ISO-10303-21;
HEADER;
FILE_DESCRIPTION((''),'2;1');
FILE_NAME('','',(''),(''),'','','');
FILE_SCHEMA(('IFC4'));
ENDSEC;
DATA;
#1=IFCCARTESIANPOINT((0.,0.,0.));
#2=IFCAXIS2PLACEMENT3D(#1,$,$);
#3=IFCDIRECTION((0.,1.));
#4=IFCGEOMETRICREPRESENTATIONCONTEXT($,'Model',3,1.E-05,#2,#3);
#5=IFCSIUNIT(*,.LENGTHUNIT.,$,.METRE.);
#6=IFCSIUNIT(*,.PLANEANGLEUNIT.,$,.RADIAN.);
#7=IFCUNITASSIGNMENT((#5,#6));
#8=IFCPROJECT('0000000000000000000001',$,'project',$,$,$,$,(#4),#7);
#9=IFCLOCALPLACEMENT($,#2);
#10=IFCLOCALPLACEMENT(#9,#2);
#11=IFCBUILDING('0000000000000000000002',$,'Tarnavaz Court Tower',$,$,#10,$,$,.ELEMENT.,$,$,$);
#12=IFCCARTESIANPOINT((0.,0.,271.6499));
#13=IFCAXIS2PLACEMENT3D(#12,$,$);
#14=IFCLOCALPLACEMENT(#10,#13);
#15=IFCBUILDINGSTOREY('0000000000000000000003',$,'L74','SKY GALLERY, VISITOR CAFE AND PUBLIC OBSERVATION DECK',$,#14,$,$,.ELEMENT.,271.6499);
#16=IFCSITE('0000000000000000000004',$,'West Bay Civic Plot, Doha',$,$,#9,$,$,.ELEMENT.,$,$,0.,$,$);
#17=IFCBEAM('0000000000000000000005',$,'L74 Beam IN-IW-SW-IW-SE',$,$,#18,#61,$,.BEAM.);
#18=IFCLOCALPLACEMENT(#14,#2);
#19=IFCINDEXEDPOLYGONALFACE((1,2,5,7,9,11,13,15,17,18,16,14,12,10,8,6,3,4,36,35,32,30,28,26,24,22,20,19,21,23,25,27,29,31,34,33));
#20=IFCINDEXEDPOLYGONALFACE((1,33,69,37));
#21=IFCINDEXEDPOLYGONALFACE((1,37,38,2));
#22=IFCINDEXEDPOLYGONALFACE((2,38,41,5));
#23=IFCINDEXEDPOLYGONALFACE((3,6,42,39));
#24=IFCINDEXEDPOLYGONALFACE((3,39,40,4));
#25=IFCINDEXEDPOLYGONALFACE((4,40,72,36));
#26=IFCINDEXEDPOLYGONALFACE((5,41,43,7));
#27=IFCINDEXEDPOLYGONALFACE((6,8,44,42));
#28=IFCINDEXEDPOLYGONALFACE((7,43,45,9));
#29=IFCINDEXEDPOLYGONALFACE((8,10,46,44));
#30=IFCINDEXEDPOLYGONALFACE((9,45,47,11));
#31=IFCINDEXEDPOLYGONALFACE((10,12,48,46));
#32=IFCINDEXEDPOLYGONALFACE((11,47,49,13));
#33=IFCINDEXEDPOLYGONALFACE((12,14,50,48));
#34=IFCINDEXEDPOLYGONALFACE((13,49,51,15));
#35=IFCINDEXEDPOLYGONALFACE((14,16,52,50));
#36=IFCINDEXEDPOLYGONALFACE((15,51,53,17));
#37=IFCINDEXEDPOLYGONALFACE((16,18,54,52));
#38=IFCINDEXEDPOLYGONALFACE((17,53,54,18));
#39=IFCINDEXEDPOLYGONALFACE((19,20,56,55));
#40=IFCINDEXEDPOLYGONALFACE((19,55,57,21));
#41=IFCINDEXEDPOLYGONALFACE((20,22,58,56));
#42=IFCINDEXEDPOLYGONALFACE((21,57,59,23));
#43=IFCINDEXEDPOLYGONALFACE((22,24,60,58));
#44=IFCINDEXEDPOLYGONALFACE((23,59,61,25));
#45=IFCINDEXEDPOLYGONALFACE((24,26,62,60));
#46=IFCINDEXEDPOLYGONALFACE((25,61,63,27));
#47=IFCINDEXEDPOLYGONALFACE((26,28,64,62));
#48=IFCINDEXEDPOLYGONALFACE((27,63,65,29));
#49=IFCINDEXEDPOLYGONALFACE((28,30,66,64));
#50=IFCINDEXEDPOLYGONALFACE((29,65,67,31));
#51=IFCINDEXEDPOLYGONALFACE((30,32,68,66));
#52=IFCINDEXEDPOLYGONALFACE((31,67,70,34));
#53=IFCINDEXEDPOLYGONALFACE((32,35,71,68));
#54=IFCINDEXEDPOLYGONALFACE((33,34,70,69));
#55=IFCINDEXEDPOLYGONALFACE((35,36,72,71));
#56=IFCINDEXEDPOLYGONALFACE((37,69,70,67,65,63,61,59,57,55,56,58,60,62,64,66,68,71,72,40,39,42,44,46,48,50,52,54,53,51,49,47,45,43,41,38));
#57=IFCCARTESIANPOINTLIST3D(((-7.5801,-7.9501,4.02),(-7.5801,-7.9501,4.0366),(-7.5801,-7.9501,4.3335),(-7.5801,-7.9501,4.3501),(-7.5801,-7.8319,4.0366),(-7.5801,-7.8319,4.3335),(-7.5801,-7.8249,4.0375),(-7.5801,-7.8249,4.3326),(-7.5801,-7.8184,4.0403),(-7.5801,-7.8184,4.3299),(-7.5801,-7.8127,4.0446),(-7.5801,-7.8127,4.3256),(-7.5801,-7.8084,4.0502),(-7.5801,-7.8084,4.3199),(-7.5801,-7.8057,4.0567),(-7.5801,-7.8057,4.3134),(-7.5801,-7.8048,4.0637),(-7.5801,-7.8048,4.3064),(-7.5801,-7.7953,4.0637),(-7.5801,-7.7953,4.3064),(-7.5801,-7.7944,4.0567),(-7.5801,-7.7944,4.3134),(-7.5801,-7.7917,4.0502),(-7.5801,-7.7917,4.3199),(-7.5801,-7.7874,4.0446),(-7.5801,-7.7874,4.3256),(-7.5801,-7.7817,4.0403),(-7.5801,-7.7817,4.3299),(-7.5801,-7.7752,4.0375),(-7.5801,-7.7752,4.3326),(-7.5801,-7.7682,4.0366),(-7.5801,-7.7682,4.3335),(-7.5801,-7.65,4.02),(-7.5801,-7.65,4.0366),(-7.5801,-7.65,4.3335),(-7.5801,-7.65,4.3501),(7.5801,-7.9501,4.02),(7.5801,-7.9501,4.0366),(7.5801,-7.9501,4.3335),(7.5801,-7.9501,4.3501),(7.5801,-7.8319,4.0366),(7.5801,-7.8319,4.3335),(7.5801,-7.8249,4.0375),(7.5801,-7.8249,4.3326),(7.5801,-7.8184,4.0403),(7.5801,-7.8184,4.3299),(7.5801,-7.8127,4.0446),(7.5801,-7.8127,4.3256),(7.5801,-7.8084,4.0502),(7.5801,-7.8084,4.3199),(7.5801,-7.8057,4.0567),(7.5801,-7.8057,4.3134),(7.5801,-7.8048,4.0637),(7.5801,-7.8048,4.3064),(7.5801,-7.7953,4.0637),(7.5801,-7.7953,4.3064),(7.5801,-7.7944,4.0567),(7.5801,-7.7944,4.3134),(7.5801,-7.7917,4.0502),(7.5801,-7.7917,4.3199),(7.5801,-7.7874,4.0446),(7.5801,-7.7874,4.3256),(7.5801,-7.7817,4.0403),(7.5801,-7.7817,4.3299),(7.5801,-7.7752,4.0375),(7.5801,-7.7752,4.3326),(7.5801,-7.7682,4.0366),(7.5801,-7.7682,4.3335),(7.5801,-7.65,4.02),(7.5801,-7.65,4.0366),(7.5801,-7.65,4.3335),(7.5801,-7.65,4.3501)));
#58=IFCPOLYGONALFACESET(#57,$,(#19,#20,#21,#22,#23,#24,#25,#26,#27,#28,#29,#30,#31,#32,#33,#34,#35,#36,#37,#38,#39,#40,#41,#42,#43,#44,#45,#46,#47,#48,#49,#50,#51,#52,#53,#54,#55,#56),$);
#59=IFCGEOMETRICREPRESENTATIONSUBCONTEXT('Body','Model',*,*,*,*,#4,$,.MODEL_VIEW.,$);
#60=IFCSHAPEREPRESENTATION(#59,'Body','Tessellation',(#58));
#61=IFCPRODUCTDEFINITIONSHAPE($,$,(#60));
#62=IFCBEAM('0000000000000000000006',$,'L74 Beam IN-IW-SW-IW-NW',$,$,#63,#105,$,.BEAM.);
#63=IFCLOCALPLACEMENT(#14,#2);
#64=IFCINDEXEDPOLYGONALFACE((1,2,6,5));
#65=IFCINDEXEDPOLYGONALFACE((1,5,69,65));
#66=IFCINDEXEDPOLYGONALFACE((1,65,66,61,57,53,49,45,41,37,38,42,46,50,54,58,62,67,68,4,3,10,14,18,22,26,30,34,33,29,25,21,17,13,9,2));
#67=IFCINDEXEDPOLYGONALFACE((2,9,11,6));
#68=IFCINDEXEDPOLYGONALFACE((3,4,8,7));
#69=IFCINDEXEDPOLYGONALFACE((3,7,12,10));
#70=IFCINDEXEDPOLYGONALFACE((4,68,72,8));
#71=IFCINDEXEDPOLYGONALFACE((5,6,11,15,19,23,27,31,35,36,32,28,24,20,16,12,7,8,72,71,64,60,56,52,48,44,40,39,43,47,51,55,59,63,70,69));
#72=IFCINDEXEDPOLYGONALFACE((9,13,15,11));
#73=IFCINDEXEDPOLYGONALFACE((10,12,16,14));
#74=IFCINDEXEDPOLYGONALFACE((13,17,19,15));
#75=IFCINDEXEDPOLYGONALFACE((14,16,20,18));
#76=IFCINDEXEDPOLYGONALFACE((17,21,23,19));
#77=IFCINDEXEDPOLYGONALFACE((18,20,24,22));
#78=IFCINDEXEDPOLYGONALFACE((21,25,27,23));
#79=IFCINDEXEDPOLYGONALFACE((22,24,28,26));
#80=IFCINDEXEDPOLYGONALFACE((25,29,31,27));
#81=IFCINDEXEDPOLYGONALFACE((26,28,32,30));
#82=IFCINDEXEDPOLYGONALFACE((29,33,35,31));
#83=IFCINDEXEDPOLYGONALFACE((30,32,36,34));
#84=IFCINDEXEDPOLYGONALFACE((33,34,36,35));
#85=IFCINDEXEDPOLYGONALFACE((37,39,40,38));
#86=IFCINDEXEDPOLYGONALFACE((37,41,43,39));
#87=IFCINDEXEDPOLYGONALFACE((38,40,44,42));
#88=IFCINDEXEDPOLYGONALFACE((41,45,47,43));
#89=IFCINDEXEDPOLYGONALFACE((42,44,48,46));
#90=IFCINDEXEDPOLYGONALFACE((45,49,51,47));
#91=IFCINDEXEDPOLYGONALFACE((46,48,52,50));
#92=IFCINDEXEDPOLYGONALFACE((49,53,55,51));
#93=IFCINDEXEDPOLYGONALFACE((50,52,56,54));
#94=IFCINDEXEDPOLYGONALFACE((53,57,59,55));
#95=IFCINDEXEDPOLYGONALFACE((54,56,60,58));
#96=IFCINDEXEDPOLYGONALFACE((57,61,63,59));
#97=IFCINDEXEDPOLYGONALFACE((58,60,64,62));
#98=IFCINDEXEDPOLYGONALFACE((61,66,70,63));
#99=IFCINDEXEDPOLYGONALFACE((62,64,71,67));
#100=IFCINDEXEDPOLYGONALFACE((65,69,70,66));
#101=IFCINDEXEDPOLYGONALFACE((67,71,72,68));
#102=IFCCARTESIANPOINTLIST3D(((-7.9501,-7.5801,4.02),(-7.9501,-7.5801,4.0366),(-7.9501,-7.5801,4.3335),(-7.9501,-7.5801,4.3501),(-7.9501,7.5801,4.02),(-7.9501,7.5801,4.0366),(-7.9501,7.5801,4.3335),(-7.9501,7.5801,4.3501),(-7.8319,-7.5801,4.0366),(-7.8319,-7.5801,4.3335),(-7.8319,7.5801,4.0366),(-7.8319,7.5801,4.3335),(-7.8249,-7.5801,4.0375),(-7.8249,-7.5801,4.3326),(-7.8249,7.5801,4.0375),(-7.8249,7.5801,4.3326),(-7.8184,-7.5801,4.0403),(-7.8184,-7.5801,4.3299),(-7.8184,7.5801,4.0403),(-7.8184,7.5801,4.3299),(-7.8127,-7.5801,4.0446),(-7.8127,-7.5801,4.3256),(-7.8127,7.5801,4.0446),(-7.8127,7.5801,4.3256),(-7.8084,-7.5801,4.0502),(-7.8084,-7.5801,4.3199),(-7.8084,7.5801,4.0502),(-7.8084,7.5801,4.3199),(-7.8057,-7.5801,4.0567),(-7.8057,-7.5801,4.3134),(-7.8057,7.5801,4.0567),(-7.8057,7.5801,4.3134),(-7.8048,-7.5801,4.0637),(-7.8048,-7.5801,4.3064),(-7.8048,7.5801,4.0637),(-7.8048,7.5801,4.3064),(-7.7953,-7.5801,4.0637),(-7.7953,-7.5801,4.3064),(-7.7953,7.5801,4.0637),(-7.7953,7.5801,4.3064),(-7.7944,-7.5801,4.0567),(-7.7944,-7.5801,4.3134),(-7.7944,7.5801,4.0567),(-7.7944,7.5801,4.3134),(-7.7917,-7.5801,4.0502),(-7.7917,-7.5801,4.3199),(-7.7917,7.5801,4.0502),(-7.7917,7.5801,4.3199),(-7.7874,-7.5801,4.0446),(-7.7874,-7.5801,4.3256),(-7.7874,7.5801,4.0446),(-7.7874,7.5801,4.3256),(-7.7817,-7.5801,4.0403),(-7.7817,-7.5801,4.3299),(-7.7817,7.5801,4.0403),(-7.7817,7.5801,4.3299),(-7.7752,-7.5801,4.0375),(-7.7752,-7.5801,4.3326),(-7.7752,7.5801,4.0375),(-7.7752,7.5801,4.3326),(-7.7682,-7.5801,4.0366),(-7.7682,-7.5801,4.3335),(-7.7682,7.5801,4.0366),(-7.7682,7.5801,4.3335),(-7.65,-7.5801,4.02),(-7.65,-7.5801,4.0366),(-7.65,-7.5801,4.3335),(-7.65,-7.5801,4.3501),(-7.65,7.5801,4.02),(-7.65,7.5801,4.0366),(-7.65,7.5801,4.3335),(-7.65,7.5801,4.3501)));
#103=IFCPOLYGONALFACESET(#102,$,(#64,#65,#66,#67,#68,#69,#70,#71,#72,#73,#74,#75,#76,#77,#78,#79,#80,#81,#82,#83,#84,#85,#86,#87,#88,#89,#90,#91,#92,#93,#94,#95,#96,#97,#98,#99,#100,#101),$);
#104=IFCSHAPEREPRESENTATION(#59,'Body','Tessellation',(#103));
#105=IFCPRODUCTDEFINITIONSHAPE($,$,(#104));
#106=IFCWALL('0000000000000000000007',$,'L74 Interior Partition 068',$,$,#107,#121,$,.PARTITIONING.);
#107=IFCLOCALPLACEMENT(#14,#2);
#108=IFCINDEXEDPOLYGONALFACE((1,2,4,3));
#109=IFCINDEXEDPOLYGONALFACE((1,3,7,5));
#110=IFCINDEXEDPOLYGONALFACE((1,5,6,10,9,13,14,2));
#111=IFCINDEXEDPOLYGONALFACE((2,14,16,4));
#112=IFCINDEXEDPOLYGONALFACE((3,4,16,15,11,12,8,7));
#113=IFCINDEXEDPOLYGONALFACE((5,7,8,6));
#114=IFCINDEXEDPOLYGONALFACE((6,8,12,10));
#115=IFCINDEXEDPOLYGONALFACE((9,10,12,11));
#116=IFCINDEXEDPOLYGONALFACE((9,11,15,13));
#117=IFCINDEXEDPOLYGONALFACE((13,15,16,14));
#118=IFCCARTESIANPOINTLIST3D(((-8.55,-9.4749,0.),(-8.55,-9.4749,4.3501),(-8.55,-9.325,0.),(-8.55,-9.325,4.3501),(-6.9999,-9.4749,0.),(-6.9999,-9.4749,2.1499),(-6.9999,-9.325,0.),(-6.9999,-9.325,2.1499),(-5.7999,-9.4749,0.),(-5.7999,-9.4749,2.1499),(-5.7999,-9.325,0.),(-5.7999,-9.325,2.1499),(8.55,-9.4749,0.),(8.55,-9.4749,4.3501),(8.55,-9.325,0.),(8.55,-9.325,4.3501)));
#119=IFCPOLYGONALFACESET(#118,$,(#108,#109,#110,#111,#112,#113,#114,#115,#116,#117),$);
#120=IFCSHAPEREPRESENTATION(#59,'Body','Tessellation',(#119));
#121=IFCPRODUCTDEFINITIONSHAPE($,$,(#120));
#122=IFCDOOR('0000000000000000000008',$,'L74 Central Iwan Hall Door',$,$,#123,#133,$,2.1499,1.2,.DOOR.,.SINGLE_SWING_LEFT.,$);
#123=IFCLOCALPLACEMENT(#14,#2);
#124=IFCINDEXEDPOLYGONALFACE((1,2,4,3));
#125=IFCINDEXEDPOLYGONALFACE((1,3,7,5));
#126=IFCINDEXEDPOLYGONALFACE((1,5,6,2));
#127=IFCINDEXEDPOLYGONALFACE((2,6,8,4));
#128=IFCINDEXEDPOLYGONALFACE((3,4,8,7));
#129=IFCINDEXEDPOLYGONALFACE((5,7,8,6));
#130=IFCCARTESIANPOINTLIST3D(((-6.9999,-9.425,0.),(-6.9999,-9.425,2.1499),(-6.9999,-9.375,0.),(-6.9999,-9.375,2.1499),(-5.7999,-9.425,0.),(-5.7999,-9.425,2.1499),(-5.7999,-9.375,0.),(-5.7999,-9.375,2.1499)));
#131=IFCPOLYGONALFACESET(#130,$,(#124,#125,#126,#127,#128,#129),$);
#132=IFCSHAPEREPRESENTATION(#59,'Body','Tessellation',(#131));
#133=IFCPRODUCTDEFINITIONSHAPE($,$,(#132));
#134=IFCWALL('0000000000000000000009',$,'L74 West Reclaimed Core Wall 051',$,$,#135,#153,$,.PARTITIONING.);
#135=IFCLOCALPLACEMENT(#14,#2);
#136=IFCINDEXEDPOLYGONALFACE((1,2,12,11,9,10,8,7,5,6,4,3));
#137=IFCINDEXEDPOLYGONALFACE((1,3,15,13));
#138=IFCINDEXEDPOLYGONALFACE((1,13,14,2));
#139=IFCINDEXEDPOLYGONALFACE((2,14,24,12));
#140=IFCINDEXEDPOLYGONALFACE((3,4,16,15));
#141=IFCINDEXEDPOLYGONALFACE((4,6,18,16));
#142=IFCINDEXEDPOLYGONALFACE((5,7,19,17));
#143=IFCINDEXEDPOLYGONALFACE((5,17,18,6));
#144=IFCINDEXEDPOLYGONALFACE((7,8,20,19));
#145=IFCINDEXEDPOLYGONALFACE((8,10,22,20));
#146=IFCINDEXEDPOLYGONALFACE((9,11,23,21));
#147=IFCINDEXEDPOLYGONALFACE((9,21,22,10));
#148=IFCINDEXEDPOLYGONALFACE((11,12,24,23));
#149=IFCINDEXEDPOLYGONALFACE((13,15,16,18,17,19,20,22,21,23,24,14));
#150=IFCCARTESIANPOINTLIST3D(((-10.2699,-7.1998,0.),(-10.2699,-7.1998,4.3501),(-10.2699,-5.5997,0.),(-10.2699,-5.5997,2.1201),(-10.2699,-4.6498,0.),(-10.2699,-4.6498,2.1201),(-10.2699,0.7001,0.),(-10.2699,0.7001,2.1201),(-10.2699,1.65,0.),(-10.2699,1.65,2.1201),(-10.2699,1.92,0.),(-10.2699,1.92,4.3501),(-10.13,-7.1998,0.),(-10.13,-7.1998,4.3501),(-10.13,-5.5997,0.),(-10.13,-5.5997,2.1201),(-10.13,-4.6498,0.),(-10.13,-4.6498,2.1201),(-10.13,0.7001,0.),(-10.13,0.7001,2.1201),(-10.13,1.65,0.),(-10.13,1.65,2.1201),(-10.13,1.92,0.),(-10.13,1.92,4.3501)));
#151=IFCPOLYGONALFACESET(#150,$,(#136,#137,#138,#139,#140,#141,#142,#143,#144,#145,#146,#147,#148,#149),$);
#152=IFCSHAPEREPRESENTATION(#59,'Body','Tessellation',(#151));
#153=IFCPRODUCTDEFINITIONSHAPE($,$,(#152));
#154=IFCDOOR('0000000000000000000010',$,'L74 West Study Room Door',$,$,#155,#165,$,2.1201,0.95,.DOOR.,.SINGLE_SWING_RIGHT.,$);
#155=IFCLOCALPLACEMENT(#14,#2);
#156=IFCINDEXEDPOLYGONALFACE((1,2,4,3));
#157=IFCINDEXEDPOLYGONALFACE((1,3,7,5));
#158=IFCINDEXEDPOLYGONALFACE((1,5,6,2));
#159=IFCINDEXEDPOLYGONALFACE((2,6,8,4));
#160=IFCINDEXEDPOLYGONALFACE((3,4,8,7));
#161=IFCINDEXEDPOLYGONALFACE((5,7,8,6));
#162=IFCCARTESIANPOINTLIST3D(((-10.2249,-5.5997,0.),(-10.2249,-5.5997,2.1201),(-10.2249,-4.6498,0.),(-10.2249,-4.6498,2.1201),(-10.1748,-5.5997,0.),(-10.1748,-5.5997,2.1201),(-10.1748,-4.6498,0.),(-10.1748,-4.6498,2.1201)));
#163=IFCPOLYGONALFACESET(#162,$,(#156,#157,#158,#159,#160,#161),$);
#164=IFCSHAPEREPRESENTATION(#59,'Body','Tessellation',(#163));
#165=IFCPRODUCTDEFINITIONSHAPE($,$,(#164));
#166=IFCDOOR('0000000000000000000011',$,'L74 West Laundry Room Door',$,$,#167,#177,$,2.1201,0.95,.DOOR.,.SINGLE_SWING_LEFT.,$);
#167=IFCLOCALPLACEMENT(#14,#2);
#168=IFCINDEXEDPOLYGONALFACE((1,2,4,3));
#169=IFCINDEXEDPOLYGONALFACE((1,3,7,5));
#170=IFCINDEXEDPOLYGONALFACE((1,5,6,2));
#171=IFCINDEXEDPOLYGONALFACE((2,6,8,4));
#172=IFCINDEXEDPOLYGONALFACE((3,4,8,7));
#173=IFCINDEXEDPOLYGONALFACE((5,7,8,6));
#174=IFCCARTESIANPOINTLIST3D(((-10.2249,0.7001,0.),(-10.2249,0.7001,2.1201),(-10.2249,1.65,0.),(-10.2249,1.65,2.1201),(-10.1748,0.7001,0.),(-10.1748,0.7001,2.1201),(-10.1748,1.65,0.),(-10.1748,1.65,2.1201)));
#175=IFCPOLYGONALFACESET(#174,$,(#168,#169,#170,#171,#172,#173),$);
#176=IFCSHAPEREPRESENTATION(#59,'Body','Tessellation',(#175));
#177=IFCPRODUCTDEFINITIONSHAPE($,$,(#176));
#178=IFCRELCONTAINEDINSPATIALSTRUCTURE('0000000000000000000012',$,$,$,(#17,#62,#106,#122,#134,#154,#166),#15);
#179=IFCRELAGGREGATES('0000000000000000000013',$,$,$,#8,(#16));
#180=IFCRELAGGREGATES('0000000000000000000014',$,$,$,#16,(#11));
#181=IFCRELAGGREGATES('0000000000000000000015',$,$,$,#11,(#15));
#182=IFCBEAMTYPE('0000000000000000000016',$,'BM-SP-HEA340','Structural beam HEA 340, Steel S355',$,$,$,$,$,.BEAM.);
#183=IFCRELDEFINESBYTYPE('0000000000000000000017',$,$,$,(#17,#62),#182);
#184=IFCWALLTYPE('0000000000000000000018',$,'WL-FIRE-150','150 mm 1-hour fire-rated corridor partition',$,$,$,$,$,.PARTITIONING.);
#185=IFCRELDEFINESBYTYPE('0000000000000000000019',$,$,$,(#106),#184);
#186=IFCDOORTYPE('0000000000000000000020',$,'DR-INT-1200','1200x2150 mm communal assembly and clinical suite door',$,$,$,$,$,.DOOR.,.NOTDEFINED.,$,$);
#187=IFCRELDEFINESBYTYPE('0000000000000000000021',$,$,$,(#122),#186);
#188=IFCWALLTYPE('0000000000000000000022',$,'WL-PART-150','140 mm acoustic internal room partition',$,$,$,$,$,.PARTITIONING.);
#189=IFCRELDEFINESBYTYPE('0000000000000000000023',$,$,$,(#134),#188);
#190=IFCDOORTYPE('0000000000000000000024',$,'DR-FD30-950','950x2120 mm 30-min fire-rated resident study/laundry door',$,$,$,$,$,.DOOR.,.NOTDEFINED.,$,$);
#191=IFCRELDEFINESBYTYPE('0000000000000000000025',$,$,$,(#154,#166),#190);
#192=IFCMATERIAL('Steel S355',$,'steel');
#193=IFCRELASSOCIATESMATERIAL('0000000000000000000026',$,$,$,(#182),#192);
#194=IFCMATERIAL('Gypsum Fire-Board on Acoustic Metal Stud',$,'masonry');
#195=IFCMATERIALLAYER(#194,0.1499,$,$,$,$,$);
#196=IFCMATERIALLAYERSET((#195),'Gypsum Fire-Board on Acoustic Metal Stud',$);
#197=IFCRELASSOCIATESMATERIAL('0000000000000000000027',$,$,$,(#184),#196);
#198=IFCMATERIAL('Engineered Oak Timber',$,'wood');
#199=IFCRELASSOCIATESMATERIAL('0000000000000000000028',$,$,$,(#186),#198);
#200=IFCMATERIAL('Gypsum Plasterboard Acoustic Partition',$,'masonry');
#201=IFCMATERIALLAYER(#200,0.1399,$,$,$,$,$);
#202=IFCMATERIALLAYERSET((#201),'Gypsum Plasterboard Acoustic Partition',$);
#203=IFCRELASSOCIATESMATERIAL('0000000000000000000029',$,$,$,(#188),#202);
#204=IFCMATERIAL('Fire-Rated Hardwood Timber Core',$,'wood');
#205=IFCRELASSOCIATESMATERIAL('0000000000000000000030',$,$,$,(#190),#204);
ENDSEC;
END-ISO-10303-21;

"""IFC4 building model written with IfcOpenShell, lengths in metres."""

from ifc_helpers import new_model, si_unit, direction, frame, frame_2d, origin, origin_2d, place, context, subcontext, project, spatial, rectangle, i_section, extrude, material, layer, layer_set, material_profile, profile_set, type_object, element, fill, save


model = new_model("IFC4")

# Units and contexts
model_context = context("Model", 3, precision=1e-05, world=origin(), true_north=direction((0.0, 1.0)))
body_context = subcontext(model_context, "Body", "Model", "MODEL_VIEW")
ifc_project = project(units=[si_unit("LENGTHUNIT", "METRE"), si_unit("PLANEANGLEUNIT", "RADIAN")], contexts=[model_context])

# Site, building, storey
site_placement = place(None, origin())
site = spatial("IfcSite", under=ifc_project, at=site_placement, Name="West Bay Civic Plot, Doha", CompositionType="ELEMENT", RefElevation=0.0)
building_placement = place(site_placement, origin())
building = spatial("IfcBuilding", under=site, at=building_placement, Name="Tarnavaz Court Tower", CompositionType="ELEMENT")
storey_placement = place(building_placement, frame((0.0, 0.0, 271.6499)))
storey = spatial("IfcBuildingStorey", under=building, at=storey_placement, Name="L74", Description="SKY GALLERY, VISITOR CAFE AND PUBLIC OBSERVATION DECK", CompositionType="ELEMENT", Elevation=271.6499)

# Beams
ifc_material_1 = material(Name="Steel S355", Category="steel")
ifc_material_profile_1 = material_profile(ifc_material_1, i_section(OverallWidth=0.3, OverallDepth=0.3301, WebThickness=0.0095, FlangeThickness=0.0166, FilletRadius=0.0271, at=origin_2d()), Name="HEA 340")
ifc_profile_set_1 = profile_set([ifc_material_profile_1], Name="Steel S355")
beam_type_1 = type_object("IfcBeamType", Name="BM-SP-HEA340", Description="Structural beam HEA 340, Steel S355", PredefinedType="BEAM", material=ifc_profile_set_1)
for number, where, z_axis, x_axis, name in (
    (1, (-7.5801, -7.8, 4.1851), (1.0, 0.0, 0.0), (0.0, 1.0, 0.0), "L74 Beam IN-IW-SW-IW-SE"),
    (2, (-7.8, -7.5801, 4.1851), (0.0, 1.0, 0.0), (-1.0, 0.0, 0.0), "L74 Beam IN-IW-SW-IW-NW"),
):
    element("IfcBeam", number, at=place(storey_placement, frame(where, z_axis=z_axis, x_axis=x_axis)), inside=storey, type_object=beam_type_1, Name=name, PredefinedType="BEAM", context=body_context, shape_type="SweptSolid", body=[
        extrude(i_section(OverallWidth=0.3, OverallDepth=0.3301, WebThickness=0.0095, FlangeThickness=0.0166, FilletRadius=0.0271, at=origin_2d()), origin(), (0.0, 0.0, 1.0), 15.1602),
    ])

# Wall, opening, door
ifc_material_2 = material(Name="Gypsum Fire-Board on Acoustic Metal Stud", Category="masonry")
ifc_layer_1 = layer(ifc_material_2, 0.1499)
ifc_layer_set_1 = layer_set([ifc_layer_1], Name="Gypsum Fire-Board on Acoustic Metal Stud")
wall_type_1 = type_object("IfcWallType", Name="WL-FIRE-150", Description="150 mm 1-hour fire-rated corridor partition", PredefinedType="PARTITIONING", material=ifc_layer_set_1)
wall_1_placement = place(storey_placement, frame((-8.55, -9.3999, 0.0), z_axis=(0.0, 0.0, 1.0), x_axis=(1.0, 0.0, 0.0)))
wall_1 = element("IfcWall", 3, at=wall_1_placement, inside=storey, type_object=wall_type_1, Name="L74 Interior Partition 068", PredefinedType="PARTITIONING", context=body_context, shape_type="SweptSolid", body=[
    extrude(rectangle(XDim=17.1001, YDim=0.1499, at=frame_2d((8.55, 0.0))), origin(), (0.0, 0.0, 1.0), 4.3501),
])
opening_1_placement = place(wall_1_placement, frame((1.55, 0.0, 0.0)))
opening_1 = element("IfcOpeningElement", 4, at=opening_1_placement, cuts=wall_1, PredefinedType="OPENING", context=body_context, shape_type="SweptSolid", body=[
    extrude(rectangle(XDim=1.2, YDim=2.1499, at=frame_2d((0.6001, 1.075))), frame((0.0, 0.085, 0.0), z_axis=(0.0, -1.0, 0.0), x_axis=(1.0, 0.0, 0.0)), (0.0, 0.0, 1.0), 0.1699),
])
ifc_material_3 = material(Name="Engineered Oak Timber", Category="wood")
door_type_1 = type_object("IfcDoorType", Name="DR-INT-1200", Description="1200x2150 mm communal assembly and clinical suite door", OperationType="NOTDEFINED", PredefinedType="DOOR", material=ifc_material_3)
door_1_placement = place(opening_1_placement, origin())
door_1 = element("IfcDoor", 5, at=door_1_placement, inside=storey, type_object=door_type_1, Name="L74 Central Iwan Hall Door", OperationType="SINGLE_SWING_LEFT", OverallHeight=2.1499, OverallWidth=1.2, PredefinedType="DOOR", context=body_context, shape_type="SweptSolid", body=[
    extrude(rectangle(XDim=1.2, YDim=2.1499, at=frame_2d((0.6001, 1.075))), frame((0.0, 0.0249, 0.0), z_axis=(0.0, -1.0, 0.0), x_axis=(1.0, 0.0, 0.0)), (0.0, 0.0, 1.0), 0.05),
])
fill(opening_1, door_1)

# Wall, openings, doors
ifc_material_4 = material(Name="Gypsum Plasterboard Acoustic Partition", Category="masonry")
ifc_layer_2 = layer(ifc_material_4, 0.1399)
ifc_layer_set_2 = layer_set([ifc_layer_2], Name="Gypsum Plasterboard Acoustic Partition")
wall_type_2 = type_object("IfcWallType", Name="WL-PART-150", Description="140 mm acoustic internal room partition", PredefinedType="PARTITIONING", material=ifc_layer_set_2)
wall_2_placement = place(storey_placement, frame((-10.2, -7.2, 0.0), z_axis=(0.0, 0.0, 1.0), x_axis=(0.0, 1.0, 0.0)))
wall_2 = element("IfcWall", 6, at=wall_2_placement, inside=storey, type_object=wall_type_2, Name="L74 West Reclaimed Core Wall 051", PredefinedType="PARTITIONING", context=body_context, shape_type="SweptSolid", body=[
    extrude(rectangle(XDim=9.1199, YDim=0.1399, at=frame_2d((4.5601, 0.0))), origin(), (0.0, 0.0, 1.0), 4.3501),
])
opening_2_placement = place(wall_2_placement, frame((1.6001, 0.0, 0.0)))
opening_2 = element("IfcOpeningElement", 7, at=opening_2_placement, cuts=wall_2, PredefinedType="OPENING", context=body_context, shape_type="SweptSolid", body=[
    extrude(rectangle(XDim=0.95, YDim=2.1201, at=frame_2d((0.4751, 1.0601))), frame((0.0, 0.0798, 0.0), z_axis=(0.0, -1.0, 0.0), x_axis=(1.0, 0.0, 0.0)), (0.0, 0.0, 1.0), 0.1599),
])
opening_3_placement = place(wall_2_placement, frame((7.8999, 0.0, 0.0)))
opening_3 = element("IfcOpeningElement", 8, at=opening_3_placement, cuts=wall_2, PredefinedType="OPENING", context=body_context, shape_type="SweptSolid", body=[
    extrude(rectangle(XDim=0.95, YDim=2.1201, at=frame_2d((0.4751, 1.0601))), frame((0.0, 0.0798, 0.0), z_axis=(0.0, -1.0, 0.0), x_axis=(1.0, 0.0, 0.0)), (0.0, 0.0, 1.0), 0.1599),
])
ifc_material_5 = material(Name="Fire-Rated Hardwood Timber Core", Category="wood")
door_type_2 = type_object("IfcDoorType", Name="DR-FD30-950", Description="950x2120 mm 30-min fire-rated resident study/laundry door", OperationType="NOTDEFINED", PredefinedType="DOOR", material=ifc_material_5)
door_2_placement = place(opening_2_placement, origin())
door_2 = element("IfcDoor", 9, at=door_2_placement, inside=storey, type_object=door_type_2, Name="L74 West Study Room Door", OperationType="SINGLE_SWING_RIGHT", OverallHeight=2.1201, OverallWidth=0.95, PredefinedType="DOOR", context=body_context, shape_type="SweptSolid", body=[
    extrude(rectangle(XDim=0.95, YDim=2.1201, at=frame_2d((0.4751, 1.0601))), frame((0.0, 0.0249, 0.0), z_axis=(0.0, -1.0, 0.0), x_axis=(1.0, 0.0, 0.0)), (0.0, 0.0, 1.0), 0.05),
])
fill(opening_2, door_2)
door_3_placement = place(opening_3_placement, origin())
door_3 = element("IfcDoor", 10, at=door_3_placement, inside=storey, type_object=door_type_2, Name="L74 West Laundry Room Door", OperationType="SINGLE_SWING_LEFT", OverallHeight=2.1201, OverallWidth=0.95, PredefinedType="DOOR", context=body_context, shape_type="SweptSolid", body=[
    extrude(rectangle(XDim=0.95, YDim=2.1201, at=frame_2d((0.4751, 1.0601))), frame((0.0, 0.0249, 0.0), z_axis=(0.0, -1.0, 0.0), x_axis=(1.0, 0.0, 0.0)), (0.0, 0.0, 1.0), 0.05),
])
fill(opening_3, door_3)

save(model, "model.ifc")
